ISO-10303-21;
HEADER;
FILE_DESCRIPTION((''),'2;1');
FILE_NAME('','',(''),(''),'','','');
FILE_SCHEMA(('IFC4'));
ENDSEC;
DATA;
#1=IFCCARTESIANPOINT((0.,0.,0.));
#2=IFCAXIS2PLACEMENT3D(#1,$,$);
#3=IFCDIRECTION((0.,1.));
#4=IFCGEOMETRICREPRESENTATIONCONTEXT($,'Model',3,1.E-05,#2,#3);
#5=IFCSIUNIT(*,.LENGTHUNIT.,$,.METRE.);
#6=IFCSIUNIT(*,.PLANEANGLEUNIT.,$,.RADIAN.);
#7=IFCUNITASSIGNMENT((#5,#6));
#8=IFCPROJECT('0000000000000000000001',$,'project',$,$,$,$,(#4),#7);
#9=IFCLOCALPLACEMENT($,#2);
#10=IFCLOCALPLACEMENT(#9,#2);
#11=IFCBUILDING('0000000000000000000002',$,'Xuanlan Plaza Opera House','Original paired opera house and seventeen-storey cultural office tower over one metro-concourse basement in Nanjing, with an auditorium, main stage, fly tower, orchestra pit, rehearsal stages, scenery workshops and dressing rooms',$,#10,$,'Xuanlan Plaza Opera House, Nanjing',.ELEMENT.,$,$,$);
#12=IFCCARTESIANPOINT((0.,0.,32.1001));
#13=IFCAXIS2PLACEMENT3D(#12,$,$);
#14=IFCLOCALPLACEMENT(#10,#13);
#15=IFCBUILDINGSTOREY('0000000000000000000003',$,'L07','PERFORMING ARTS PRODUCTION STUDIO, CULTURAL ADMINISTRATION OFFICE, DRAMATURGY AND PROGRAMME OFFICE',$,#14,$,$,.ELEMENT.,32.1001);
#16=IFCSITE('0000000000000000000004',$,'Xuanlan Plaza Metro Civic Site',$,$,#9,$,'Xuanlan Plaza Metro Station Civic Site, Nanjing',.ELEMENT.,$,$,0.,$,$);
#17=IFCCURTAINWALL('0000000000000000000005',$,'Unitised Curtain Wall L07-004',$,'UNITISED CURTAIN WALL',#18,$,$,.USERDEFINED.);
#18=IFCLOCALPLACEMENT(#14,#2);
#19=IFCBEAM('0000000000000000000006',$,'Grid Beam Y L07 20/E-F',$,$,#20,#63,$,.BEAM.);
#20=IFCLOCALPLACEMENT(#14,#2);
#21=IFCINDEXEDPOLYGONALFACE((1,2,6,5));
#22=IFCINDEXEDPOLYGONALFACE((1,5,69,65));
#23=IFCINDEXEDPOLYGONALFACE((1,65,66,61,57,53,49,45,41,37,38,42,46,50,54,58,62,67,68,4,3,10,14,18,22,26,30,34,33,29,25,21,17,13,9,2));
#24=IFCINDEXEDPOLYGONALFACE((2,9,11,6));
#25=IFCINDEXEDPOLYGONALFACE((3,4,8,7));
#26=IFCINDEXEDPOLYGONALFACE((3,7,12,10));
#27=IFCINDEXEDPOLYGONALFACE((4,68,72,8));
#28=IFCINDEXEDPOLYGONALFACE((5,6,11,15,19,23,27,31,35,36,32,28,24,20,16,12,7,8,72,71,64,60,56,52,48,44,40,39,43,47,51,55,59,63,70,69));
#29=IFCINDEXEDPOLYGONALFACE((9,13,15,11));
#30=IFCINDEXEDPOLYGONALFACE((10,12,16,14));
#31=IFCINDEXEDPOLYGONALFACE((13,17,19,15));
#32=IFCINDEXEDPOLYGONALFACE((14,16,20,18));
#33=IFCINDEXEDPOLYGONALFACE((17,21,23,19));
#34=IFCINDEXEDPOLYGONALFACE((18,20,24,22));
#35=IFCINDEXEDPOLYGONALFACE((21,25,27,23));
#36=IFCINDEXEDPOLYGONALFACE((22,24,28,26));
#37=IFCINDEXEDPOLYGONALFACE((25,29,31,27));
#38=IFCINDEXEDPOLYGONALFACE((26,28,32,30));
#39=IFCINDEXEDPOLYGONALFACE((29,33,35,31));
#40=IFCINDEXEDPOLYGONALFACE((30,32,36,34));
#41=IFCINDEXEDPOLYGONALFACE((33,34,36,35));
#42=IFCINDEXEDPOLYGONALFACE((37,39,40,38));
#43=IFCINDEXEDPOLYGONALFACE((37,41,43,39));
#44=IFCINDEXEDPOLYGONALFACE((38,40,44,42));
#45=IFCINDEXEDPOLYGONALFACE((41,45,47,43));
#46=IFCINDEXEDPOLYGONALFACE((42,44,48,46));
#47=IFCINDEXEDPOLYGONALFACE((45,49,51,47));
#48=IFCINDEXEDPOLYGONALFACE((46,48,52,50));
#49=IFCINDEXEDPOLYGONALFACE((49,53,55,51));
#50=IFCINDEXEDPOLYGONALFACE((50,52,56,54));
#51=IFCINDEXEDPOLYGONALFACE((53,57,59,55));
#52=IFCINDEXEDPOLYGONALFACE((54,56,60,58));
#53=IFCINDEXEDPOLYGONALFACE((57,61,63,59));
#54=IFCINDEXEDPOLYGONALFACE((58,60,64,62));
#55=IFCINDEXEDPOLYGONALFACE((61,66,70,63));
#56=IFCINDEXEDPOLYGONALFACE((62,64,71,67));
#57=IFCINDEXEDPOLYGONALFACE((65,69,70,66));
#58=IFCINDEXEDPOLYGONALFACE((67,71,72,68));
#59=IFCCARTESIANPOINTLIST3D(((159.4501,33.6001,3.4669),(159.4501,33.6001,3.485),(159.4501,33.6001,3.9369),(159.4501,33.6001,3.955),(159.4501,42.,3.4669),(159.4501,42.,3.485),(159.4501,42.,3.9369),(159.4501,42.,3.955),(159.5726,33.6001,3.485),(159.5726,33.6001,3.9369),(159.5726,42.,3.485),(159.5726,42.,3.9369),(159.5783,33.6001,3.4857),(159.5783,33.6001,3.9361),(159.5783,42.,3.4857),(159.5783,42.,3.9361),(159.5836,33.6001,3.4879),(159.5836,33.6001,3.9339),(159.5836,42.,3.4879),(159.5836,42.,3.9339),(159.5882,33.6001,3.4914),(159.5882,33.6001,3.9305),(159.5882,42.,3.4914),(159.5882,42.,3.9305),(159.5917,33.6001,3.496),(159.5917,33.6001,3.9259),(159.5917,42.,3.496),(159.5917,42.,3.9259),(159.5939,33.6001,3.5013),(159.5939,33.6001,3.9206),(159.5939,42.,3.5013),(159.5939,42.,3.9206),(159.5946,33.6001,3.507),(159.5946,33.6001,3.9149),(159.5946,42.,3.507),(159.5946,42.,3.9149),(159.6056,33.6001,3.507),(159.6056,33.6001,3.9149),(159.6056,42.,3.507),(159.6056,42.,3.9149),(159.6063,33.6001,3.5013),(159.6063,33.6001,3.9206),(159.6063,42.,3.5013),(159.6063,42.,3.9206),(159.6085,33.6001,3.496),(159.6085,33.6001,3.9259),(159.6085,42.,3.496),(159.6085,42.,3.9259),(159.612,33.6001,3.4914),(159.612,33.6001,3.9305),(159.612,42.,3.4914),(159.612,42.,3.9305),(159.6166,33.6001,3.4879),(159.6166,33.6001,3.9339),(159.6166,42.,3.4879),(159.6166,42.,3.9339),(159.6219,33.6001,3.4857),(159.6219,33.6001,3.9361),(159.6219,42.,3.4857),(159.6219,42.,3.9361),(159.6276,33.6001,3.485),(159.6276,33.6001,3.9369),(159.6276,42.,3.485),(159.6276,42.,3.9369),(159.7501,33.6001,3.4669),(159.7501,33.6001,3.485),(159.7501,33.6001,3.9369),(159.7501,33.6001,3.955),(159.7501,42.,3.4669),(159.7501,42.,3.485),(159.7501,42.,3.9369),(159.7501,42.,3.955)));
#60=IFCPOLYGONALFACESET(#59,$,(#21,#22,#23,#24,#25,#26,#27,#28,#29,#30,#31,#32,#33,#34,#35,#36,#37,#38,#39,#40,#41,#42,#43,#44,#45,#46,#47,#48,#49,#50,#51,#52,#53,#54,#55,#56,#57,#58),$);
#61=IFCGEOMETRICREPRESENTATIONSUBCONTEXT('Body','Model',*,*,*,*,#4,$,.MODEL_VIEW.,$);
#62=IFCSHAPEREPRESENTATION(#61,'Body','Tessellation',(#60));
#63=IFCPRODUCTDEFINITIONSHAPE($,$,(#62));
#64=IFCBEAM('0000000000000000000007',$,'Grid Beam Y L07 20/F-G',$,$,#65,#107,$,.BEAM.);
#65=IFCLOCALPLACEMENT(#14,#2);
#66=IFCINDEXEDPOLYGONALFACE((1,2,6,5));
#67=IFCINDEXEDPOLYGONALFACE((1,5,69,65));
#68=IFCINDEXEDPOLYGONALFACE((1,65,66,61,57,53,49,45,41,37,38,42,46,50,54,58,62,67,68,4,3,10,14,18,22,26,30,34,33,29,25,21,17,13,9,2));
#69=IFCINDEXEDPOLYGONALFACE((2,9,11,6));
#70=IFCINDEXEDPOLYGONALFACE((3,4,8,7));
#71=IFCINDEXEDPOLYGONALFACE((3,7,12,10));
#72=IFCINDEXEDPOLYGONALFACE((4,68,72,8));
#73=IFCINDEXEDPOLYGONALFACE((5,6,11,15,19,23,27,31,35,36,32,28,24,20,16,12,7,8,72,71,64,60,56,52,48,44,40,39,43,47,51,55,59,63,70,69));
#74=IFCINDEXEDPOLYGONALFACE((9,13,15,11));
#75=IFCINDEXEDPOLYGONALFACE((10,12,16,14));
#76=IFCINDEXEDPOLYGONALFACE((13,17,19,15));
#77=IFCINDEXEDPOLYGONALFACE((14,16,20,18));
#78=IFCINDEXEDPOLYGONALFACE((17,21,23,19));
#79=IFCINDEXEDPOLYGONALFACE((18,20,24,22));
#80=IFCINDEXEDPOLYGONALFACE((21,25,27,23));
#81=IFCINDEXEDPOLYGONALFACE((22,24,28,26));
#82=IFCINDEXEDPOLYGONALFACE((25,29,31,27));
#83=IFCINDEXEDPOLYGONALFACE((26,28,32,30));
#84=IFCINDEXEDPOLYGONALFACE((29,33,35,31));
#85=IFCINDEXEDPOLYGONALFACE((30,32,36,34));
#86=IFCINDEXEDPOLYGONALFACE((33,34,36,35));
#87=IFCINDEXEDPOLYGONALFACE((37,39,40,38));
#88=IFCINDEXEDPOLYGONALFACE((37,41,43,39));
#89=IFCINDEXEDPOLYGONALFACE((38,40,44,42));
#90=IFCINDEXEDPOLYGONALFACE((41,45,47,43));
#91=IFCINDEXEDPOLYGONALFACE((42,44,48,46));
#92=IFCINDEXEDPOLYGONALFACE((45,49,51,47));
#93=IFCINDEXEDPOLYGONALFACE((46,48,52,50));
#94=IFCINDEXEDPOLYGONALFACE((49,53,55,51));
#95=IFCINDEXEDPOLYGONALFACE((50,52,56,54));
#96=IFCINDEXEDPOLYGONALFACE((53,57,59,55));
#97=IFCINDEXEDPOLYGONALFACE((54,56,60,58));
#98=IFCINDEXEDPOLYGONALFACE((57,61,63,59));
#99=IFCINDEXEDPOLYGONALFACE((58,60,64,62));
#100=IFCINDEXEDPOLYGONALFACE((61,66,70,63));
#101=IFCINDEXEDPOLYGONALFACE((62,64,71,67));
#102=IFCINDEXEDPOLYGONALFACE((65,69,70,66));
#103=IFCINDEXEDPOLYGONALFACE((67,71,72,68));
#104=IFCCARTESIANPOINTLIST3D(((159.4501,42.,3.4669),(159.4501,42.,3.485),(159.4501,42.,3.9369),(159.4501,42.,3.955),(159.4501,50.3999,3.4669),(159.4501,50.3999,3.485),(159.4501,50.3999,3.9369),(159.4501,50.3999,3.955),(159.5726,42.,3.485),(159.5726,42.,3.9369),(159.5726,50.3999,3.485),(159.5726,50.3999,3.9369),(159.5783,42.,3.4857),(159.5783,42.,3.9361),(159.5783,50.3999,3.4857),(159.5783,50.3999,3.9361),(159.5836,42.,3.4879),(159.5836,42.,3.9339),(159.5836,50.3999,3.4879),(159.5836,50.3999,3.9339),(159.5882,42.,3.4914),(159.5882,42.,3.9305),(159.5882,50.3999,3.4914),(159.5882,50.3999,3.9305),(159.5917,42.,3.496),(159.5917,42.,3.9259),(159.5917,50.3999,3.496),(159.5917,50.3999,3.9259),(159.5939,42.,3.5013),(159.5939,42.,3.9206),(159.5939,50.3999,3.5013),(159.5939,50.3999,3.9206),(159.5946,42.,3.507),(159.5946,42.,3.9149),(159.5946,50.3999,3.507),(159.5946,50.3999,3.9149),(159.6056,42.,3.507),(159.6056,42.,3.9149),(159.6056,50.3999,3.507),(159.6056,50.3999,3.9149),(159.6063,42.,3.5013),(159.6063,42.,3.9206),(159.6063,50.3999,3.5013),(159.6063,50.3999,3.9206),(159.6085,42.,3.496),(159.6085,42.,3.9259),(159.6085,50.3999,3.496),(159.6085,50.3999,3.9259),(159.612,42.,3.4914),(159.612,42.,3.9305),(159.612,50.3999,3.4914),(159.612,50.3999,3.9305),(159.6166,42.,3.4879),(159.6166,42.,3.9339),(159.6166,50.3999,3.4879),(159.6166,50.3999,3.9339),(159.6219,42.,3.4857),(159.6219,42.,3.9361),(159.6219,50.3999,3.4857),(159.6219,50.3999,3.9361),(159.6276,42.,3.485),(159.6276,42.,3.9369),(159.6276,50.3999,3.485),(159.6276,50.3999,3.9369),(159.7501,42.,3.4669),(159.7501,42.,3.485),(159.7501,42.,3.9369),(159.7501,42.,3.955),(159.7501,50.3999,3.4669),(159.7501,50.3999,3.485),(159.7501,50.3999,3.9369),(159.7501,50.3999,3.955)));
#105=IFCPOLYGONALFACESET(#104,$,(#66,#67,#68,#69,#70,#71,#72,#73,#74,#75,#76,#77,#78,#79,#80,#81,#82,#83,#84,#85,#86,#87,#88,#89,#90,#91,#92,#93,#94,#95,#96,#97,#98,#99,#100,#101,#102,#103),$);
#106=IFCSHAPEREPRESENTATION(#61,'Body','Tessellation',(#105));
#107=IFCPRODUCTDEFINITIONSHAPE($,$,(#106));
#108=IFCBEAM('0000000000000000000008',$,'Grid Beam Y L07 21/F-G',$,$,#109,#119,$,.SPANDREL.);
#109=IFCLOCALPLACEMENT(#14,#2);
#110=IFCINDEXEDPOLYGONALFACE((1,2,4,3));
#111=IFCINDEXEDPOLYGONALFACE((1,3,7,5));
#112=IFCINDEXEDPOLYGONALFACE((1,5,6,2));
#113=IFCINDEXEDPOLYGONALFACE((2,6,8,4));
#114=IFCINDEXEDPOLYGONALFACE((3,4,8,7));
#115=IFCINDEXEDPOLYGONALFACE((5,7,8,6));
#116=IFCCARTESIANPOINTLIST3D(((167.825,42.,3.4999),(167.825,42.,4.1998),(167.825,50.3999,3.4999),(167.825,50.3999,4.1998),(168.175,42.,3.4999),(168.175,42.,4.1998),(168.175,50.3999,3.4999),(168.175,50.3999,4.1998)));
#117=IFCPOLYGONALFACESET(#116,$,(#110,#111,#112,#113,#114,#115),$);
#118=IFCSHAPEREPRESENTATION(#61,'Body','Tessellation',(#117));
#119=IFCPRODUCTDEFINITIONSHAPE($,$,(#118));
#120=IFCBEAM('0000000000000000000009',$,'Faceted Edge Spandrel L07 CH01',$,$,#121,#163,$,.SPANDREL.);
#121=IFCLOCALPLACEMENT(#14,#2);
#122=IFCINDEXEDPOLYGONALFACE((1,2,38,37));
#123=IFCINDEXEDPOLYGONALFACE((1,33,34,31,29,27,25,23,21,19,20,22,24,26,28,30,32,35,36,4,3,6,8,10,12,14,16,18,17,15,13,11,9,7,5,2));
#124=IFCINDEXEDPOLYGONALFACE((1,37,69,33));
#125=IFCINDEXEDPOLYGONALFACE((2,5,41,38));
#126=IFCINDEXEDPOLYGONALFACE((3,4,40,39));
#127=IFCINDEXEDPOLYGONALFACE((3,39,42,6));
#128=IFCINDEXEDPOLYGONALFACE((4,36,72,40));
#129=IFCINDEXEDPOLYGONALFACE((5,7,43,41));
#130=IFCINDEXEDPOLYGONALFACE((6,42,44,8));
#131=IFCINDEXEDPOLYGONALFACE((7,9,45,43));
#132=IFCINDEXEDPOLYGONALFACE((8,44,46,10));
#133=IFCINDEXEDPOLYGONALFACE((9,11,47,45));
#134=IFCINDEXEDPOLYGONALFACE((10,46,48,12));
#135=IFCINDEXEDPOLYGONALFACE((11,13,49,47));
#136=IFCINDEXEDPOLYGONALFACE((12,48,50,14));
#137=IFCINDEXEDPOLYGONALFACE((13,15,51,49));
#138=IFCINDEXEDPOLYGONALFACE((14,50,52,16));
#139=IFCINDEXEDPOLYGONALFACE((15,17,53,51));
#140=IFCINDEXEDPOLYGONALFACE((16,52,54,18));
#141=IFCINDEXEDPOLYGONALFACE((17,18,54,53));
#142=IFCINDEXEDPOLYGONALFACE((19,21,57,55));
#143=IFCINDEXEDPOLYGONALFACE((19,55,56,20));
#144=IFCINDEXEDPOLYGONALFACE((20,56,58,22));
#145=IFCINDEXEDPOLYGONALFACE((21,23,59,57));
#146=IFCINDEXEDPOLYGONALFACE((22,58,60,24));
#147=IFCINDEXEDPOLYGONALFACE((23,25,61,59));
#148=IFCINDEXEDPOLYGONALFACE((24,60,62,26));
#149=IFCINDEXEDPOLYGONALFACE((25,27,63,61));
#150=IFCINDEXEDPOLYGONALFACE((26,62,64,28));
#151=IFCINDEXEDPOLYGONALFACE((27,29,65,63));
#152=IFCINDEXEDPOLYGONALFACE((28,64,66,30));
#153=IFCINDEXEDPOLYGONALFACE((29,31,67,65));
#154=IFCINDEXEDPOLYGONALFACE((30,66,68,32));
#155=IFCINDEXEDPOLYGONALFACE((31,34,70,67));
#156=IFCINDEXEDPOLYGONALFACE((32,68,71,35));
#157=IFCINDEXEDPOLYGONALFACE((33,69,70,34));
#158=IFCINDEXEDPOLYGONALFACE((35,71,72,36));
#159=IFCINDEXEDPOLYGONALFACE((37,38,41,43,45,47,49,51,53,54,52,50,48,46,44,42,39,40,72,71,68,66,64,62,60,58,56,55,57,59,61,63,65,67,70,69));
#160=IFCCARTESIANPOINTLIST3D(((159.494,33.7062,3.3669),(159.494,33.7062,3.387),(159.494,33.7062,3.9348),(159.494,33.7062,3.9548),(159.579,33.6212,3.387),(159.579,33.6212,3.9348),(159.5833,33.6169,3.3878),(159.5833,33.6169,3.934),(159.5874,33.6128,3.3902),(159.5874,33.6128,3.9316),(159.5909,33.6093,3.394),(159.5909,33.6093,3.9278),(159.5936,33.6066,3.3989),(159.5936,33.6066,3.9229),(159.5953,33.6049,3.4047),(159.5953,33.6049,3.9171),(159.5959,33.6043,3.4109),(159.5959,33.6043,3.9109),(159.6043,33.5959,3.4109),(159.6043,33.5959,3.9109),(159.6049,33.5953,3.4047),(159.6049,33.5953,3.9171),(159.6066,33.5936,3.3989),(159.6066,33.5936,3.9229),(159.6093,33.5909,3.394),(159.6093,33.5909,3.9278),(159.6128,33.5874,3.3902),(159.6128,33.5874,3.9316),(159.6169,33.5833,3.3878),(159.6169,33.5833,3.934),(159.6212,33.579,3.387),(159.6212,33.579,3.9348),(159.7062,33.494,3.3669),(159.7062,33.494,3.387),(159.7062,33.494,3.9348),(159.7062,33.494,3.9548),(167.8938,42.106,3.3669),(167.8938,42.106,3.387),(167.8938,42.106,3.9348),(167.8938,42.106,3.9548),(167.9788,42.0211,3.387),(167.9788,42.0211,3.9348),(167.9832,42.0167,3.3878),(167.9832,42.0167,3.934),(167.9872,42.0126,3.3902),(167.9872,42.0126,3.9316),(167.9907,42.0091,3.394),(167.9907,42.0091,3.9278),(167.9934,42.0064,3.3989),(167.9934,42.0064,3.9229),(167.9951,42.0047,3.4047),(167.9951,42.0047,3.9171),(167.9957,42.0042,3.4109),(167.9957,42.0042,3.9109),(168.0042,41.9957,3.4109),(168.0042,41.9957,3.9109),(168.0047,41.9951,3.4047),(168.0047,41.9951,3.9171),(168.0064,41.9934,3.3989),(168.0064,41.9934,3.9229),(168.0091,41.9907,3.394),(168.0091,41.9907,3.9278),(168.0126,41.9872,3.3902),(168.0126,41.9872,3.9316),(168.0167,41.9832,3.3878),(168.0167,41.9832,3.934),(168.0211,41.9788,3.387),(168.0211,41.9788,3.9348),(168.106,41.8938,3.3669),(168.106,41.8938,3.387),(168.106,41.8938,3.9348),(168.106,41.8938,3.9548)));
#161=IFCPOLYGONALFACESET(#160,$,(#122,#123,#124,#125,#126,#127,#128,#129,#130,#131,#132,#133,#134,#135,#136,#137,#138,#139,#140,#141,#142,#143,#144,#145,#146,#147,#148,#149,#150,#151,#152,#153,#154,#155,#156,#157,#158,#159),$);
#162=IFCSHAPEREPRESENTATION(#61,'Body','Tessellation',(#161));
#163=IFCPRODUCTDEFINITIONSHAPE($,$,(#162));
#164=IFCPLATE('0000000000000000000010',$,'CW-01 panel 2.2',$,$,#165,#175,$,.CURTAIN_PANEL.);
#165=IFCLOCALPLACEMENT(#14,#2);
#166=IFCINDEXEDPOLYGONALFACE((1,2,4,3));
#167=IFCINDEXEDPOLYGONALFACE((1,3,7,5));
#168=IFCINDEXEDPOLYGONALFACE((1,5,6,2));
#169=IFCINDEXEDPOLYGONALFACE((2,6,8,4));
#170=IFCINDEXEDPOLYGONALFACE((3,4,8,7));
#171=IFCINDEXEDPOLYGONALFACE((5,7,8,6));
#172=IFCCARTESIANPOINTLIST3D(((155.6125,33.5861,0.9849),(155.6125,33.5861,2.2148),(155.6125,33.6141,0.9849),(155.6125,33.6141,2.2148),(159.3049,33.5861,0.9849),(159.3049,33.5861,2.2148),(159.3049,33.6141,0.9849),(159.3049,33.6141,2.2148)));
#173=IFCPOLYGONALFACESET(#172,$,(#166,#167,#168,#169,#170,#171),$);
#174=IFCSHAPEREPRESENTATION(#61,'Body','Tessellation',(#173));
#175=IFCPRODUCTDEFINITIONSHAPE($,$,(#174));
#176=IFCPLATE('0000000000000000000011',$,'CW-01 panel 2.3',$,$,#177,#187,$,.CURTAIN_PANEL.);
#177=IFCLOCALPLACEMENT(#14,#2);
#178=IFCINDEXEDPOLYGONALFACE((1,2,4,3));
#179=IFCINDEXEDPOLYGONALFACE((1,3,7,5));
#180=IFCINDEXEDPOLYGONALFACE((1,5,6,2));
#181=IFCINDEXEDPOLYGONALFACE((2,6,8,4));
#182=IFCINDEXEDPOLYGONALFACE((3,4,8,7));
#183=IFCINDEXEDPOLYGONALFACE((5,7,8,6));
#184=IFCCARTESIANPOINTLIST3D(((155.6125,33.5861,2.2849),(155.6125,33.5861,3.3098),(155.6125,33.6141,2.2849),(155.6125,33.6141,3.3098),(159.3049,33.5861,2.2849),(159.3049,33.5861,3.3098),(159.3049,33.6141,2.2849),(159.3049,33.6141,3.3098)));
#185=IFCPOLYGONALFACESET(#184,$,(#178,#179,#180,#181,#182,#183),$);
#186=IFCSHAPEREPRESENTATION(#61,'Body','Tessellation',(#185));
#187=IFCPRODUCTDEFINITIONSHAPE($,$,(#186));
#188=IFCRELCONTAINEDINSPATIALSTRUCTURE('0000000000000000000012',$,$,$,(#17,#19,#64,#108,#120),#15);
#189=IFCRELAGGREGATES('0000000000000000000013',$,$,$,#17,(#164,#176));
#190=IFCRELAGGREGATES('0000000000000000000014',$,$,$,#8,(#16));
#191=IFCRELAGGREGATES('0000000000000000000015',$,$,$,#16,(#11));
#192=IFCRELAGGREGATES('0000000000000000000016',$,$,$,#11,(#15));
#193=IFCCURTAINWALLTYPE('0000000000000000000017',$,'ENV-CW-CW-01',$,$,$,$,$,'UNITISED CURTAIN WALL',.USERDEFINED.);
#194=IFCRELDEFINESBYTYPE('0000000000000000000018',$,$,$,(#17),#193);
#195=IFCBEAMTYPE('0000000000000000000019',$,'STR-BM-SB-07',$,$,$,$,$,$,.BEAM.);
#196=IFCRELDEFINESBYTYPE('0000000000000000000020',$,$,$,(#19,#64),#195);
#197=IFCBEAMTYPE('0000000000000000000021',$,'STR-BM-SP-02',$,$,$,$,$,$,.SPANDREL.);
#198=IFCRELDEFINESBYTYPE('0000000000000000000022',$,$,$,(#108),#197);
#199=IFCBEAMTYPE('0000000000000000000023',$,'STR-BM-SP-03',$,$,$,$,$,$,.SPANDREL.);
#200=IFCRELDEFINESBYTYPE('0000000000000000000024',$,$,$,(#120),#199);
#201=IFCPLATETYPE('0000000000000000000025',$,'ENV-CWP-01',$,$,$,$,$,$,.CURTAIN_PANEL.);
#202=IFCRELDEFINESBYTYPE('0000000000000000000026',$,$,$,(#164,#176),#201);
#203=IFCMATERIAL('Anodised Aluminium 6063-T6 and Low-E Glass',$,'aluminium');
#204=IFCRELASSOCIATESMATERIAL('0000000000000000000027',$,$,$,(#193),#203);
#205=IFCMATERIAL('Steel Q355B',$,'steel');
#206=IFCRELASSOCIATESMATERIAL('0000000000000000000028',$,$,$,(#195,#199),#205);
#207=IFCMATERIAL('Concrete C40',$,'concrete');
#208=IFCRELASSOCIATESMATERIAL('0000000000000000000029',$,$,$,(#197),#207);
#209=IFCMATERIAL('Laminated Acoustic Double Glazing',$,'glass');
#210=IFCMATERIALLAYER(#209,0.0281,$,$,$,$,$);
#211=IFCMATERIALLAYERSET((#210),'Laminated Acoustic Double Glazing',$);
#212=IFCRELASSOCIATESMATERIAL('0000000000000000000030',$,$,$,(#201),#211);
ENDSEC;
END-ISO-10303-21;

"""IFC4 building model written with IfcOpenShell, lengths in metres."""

from ifc_helpers import new_model, si_unit, direction, frame, origin, origin_2d, place, context, subcontext, project, spatial, rectangle, i_section, extrude, material, layer, layer_set, material_profile, profile_set, type_object, element, aggregate, save


model = new_model("IFC4")

# Units and contexts
model_context = context("Model", 3, precision=1e-05, world=origin(), true_north=direction((0.0, 1.0)))
body_context = subcontext(model_context, "Body", "Model", "MODEL_VIEW")
ifc_project = project(units=[si_unit("LENGTHUNIT", "METRE"), si_unit("PLANEANGLEUNIT", "RADIAN")], contexts=[model_context])

# Site, building, storey
site_placement = place(None, origin())
site = spatial("IfcSite", under=ifc_project, at=site_placement, Name="Xuanlan Plaza Metro Civic Site", LongName="Xuanlan Plaza Metro Station Civic Site, Nanjing", CompositionType="ELEMENT", RefElevation=0.0)
building_placement = place(site_placement, origin())
building = spatial("IfcBuilding", under=site, at=building_placement, Name="Xuanlan Plaza Opera House", Description="Original paired opera house and seventeen-storey cultural office tower over one metro-concourse basement in Nanjing, with an auditorium, main stage, fly tower, orchestra pit, rehearsal stages, scenery workshops and dressing rooms", LongName="Xuanlan Plaza Opera House, Nanjing", CompositionType="ELEMENT")
storey_placement = place(building_placement, frame((0.0, 0.0, 32.1001)))
storey = spatial("IfcBuildingStorey", under=building, at=storey_placement, Name="L07", Description="PERFORMING ARTS PRODUCTION STUDIO, CULTURAL ADMINISTRATION OFFICE, DRAMATURGY AND PROGRAMME OFFICE", CompositionType="ELEMENT", Elevation=32.1001)

# Shared definitions
ifc_material_1 = material(Name="Steel Q355B", Category="steel")

# Curtain wall
ifc_material_2 = material(Name="Anodised Aluminium 6063-T6 and Low-E Glass", Category="aluminium")
curtain_wall_type_1 = type_object("IfcCurtainWallType", Name="ENV-CW-CW-01", ElementType="UNITISED CURTAIN WALL", PredefinedType="USERDEFINED", material=ifc_material_2)
curtain_wall_1_placement = place(storey_placement, origin())
curtain_wall_1 = element("IfcCurtainWall", 1, at=curtain_wall_1_placement, inside=storey, type_object=curtain_wall_type_1, Name="Unitised Curtain Wall L07-004", ObjectType="UNITISED CURTAIN WALL", PredefinedType="USERDEFINED")

# Beams
ifc_material_3 = material(Name="Concrete C40", Category="concrete")
ifc_material_profile_1 = material_profile(ifc_material_1, i_section(OverallWidth=0.3, OverallDepth=0.488, WebThickness=0.011, FlangeThickness=0.0181, FilletRadius=0.022, at=origin_2d()), Name="HM 488x300x11x18")
ifc_profile_set_1 = profile_set([ifc_material_profile_1], Name="Steel Q355B")
beam_type_1 = type_object("IfcBeamType", Name="STR-BM-SB-07", PredefinedType="BEAM", material=ifc_profile_set_1)
for number, where, z_axis, x_axis, name in (
    (2, (159.6001, 33.6001, 3.7109), (0.0, 1.0, 0.0), (-1.0, 0.0, 0.0), "Grid Beam Y L07 20/E-F"),
    (3, (159.6001, 42.0, 3.7109), (0.0, 1.0, 0.0), (-1.0, 0.0, 0.0), "Grid Beam Y L07 20/F-G"),
):
    element("IfcBeam", number, at=place(storey_placement, frame(where, z_axis=z_axis, x_axis=x_axis)), inside=storey, type_object=beam_type_1, Name=name, PredefinedType="BEAM", context=body_context, shape_type="SweptSolid", body=[
        extrude(i_section(OverallWidth=0.3, OverallDepth=0.488, WebThickness=0.011, FlangeThickness=0.0181, FilletRadius=0.022, at=origin_2d()), origin(), (0.0, 0.0, 1.0), 8.3999),
    ])
ifc_material_profile_2 = material_profile(ifc_material_3, rectangle(XDim=0.3501, YDim=0.7, at=origin_2d()), Name="RC-SPD 350x700")
ifc_profile_set_2 = profile_set([ifc_material_profile_2], Name="Concrete C40")
beam_type_2 = type_object("IfcBeamType", Name="STR-BM-SP-02", PredefinedType="SPANDREL", material=ifc_profile_set_2)
beam_1_placement = place(storey_placement, frame((168.0, 42.0, 3.8499), z_axis=(0.0, 1.0, 0.0), x_axis=(-1.0, 0.0, 0.0)))
element("IfcBeam", 4, at=beam_1_placement, inside=storey, type_object=beam_type_2, Name="Grid Beam Y L07 21/F-G", PredefinedType="SPANDREL", context=body_context, shape_type="SweptSolid", body=[
    extrude(rectangle(XDim=0.3501, YDim=0.7, at=origin_2d()), origin(), (0.0, 0.0, 1.0), 8.3999),
])
ifc_material_profile_3 = material_profile(ifc_material_1, i_section(OverallWidth=0.3, OverallDepth=0.5879, WebThickness=0.012, FlangeThickness=0.02, FilletRadius=0.0239, at=origin_2d()), Name="HM 588x300x12x20")
ifc_profile_set_3 = profile_set([ifc_material_profile_3], Name="Steel Q355B")
beam_type_3 = type_object("IfcBeamType", Name="STR-BM-SP-03", PredefinedType="SPANDREL", material=ifc_profile_set_3)
beam_2_placement = place(storey_placement, frame((159.6001, 33.6001, 3.6609), z_axis=(0.707107, 0.707107, 0.0), x_axis=(-0.707107, 0.707107, 0.0)))
element("IfcBeam", 5, at=beam_2_placement, inside=storey, type_object=beam_type_3, Name="Faceted Edge Spandrel L07 CH01", PredefinedType="SPANDREL", context=body_context, shape_type="SweptSolid", body=[
    extrude(i_section(OverallWidth=0.3, OverallDepth=0.5879, WebThickness=0.012, FlangeThickness=0.02, FilletRadius=0.0239, at=origin_2d()), origin(), (0.0, 0.0, 1.0), 11.8792),
])

# Plates
ifc_material_4 = material(Name="Laminated Acoustic Double Glazing", Category="glass")
ifc_layer_1 = layer(ifc_material_4, 0.0281)
ifc_layer_set_1 = layer_set([ifc_layer_1], Name="Laminated Acoustic Double Glazing")
plate_type_1 = type_object("IfcPlateType", Name="ENV-CWP-01", PredefinedType="CURTAIN_PANEL", material=ifc_layer_set_1)
plate_1_placement = place(storey_placement, frame((157.4587, 33.6001, 0.9849), z_axis=(0.0, 0.0, 1.0), x_axis=(1.0, 0.0, 0.0)))
plate_1 = element("IfcPlate", 6, at=plate_1_placement, type_object=plate_type_1, Name="CW-01 panel 2.2", PredefinedType="CURTAIN_PANEL", context=body_context, shape_type="SweptSolid", body=[
    extrude(rectangle(XDim=3.6924, YDim=0.0281, at=origin_2d()), origin(), (0.0, 0.0, 1.0), 1.23),
])
plate_2_placement = place(storey_placement, frame((157.4587, 33.6001, 2.2849), z_axis=(0.0, 0.0, 1.0), x_axis=(1.0, 0.0, 0.0)))
plate_2 = element("IfcPlate", 7, at=plate_2_placement, type_object=plate_type_1, Name="CW-01 panel 2.3", PredefinedType="CURTAIN_PANEL", context=body_context, shape_type="SweptSolid", body=[
    extrude(rectangle(XDim=3.6924, YDim=0.0281, at=origin_2d()), origin(), (0.0, 0.0, 1.0), 1.0249),
])
aggregate(curtain_wall_1, [plate_1, plate_2])

save(model, "model.ifc")
